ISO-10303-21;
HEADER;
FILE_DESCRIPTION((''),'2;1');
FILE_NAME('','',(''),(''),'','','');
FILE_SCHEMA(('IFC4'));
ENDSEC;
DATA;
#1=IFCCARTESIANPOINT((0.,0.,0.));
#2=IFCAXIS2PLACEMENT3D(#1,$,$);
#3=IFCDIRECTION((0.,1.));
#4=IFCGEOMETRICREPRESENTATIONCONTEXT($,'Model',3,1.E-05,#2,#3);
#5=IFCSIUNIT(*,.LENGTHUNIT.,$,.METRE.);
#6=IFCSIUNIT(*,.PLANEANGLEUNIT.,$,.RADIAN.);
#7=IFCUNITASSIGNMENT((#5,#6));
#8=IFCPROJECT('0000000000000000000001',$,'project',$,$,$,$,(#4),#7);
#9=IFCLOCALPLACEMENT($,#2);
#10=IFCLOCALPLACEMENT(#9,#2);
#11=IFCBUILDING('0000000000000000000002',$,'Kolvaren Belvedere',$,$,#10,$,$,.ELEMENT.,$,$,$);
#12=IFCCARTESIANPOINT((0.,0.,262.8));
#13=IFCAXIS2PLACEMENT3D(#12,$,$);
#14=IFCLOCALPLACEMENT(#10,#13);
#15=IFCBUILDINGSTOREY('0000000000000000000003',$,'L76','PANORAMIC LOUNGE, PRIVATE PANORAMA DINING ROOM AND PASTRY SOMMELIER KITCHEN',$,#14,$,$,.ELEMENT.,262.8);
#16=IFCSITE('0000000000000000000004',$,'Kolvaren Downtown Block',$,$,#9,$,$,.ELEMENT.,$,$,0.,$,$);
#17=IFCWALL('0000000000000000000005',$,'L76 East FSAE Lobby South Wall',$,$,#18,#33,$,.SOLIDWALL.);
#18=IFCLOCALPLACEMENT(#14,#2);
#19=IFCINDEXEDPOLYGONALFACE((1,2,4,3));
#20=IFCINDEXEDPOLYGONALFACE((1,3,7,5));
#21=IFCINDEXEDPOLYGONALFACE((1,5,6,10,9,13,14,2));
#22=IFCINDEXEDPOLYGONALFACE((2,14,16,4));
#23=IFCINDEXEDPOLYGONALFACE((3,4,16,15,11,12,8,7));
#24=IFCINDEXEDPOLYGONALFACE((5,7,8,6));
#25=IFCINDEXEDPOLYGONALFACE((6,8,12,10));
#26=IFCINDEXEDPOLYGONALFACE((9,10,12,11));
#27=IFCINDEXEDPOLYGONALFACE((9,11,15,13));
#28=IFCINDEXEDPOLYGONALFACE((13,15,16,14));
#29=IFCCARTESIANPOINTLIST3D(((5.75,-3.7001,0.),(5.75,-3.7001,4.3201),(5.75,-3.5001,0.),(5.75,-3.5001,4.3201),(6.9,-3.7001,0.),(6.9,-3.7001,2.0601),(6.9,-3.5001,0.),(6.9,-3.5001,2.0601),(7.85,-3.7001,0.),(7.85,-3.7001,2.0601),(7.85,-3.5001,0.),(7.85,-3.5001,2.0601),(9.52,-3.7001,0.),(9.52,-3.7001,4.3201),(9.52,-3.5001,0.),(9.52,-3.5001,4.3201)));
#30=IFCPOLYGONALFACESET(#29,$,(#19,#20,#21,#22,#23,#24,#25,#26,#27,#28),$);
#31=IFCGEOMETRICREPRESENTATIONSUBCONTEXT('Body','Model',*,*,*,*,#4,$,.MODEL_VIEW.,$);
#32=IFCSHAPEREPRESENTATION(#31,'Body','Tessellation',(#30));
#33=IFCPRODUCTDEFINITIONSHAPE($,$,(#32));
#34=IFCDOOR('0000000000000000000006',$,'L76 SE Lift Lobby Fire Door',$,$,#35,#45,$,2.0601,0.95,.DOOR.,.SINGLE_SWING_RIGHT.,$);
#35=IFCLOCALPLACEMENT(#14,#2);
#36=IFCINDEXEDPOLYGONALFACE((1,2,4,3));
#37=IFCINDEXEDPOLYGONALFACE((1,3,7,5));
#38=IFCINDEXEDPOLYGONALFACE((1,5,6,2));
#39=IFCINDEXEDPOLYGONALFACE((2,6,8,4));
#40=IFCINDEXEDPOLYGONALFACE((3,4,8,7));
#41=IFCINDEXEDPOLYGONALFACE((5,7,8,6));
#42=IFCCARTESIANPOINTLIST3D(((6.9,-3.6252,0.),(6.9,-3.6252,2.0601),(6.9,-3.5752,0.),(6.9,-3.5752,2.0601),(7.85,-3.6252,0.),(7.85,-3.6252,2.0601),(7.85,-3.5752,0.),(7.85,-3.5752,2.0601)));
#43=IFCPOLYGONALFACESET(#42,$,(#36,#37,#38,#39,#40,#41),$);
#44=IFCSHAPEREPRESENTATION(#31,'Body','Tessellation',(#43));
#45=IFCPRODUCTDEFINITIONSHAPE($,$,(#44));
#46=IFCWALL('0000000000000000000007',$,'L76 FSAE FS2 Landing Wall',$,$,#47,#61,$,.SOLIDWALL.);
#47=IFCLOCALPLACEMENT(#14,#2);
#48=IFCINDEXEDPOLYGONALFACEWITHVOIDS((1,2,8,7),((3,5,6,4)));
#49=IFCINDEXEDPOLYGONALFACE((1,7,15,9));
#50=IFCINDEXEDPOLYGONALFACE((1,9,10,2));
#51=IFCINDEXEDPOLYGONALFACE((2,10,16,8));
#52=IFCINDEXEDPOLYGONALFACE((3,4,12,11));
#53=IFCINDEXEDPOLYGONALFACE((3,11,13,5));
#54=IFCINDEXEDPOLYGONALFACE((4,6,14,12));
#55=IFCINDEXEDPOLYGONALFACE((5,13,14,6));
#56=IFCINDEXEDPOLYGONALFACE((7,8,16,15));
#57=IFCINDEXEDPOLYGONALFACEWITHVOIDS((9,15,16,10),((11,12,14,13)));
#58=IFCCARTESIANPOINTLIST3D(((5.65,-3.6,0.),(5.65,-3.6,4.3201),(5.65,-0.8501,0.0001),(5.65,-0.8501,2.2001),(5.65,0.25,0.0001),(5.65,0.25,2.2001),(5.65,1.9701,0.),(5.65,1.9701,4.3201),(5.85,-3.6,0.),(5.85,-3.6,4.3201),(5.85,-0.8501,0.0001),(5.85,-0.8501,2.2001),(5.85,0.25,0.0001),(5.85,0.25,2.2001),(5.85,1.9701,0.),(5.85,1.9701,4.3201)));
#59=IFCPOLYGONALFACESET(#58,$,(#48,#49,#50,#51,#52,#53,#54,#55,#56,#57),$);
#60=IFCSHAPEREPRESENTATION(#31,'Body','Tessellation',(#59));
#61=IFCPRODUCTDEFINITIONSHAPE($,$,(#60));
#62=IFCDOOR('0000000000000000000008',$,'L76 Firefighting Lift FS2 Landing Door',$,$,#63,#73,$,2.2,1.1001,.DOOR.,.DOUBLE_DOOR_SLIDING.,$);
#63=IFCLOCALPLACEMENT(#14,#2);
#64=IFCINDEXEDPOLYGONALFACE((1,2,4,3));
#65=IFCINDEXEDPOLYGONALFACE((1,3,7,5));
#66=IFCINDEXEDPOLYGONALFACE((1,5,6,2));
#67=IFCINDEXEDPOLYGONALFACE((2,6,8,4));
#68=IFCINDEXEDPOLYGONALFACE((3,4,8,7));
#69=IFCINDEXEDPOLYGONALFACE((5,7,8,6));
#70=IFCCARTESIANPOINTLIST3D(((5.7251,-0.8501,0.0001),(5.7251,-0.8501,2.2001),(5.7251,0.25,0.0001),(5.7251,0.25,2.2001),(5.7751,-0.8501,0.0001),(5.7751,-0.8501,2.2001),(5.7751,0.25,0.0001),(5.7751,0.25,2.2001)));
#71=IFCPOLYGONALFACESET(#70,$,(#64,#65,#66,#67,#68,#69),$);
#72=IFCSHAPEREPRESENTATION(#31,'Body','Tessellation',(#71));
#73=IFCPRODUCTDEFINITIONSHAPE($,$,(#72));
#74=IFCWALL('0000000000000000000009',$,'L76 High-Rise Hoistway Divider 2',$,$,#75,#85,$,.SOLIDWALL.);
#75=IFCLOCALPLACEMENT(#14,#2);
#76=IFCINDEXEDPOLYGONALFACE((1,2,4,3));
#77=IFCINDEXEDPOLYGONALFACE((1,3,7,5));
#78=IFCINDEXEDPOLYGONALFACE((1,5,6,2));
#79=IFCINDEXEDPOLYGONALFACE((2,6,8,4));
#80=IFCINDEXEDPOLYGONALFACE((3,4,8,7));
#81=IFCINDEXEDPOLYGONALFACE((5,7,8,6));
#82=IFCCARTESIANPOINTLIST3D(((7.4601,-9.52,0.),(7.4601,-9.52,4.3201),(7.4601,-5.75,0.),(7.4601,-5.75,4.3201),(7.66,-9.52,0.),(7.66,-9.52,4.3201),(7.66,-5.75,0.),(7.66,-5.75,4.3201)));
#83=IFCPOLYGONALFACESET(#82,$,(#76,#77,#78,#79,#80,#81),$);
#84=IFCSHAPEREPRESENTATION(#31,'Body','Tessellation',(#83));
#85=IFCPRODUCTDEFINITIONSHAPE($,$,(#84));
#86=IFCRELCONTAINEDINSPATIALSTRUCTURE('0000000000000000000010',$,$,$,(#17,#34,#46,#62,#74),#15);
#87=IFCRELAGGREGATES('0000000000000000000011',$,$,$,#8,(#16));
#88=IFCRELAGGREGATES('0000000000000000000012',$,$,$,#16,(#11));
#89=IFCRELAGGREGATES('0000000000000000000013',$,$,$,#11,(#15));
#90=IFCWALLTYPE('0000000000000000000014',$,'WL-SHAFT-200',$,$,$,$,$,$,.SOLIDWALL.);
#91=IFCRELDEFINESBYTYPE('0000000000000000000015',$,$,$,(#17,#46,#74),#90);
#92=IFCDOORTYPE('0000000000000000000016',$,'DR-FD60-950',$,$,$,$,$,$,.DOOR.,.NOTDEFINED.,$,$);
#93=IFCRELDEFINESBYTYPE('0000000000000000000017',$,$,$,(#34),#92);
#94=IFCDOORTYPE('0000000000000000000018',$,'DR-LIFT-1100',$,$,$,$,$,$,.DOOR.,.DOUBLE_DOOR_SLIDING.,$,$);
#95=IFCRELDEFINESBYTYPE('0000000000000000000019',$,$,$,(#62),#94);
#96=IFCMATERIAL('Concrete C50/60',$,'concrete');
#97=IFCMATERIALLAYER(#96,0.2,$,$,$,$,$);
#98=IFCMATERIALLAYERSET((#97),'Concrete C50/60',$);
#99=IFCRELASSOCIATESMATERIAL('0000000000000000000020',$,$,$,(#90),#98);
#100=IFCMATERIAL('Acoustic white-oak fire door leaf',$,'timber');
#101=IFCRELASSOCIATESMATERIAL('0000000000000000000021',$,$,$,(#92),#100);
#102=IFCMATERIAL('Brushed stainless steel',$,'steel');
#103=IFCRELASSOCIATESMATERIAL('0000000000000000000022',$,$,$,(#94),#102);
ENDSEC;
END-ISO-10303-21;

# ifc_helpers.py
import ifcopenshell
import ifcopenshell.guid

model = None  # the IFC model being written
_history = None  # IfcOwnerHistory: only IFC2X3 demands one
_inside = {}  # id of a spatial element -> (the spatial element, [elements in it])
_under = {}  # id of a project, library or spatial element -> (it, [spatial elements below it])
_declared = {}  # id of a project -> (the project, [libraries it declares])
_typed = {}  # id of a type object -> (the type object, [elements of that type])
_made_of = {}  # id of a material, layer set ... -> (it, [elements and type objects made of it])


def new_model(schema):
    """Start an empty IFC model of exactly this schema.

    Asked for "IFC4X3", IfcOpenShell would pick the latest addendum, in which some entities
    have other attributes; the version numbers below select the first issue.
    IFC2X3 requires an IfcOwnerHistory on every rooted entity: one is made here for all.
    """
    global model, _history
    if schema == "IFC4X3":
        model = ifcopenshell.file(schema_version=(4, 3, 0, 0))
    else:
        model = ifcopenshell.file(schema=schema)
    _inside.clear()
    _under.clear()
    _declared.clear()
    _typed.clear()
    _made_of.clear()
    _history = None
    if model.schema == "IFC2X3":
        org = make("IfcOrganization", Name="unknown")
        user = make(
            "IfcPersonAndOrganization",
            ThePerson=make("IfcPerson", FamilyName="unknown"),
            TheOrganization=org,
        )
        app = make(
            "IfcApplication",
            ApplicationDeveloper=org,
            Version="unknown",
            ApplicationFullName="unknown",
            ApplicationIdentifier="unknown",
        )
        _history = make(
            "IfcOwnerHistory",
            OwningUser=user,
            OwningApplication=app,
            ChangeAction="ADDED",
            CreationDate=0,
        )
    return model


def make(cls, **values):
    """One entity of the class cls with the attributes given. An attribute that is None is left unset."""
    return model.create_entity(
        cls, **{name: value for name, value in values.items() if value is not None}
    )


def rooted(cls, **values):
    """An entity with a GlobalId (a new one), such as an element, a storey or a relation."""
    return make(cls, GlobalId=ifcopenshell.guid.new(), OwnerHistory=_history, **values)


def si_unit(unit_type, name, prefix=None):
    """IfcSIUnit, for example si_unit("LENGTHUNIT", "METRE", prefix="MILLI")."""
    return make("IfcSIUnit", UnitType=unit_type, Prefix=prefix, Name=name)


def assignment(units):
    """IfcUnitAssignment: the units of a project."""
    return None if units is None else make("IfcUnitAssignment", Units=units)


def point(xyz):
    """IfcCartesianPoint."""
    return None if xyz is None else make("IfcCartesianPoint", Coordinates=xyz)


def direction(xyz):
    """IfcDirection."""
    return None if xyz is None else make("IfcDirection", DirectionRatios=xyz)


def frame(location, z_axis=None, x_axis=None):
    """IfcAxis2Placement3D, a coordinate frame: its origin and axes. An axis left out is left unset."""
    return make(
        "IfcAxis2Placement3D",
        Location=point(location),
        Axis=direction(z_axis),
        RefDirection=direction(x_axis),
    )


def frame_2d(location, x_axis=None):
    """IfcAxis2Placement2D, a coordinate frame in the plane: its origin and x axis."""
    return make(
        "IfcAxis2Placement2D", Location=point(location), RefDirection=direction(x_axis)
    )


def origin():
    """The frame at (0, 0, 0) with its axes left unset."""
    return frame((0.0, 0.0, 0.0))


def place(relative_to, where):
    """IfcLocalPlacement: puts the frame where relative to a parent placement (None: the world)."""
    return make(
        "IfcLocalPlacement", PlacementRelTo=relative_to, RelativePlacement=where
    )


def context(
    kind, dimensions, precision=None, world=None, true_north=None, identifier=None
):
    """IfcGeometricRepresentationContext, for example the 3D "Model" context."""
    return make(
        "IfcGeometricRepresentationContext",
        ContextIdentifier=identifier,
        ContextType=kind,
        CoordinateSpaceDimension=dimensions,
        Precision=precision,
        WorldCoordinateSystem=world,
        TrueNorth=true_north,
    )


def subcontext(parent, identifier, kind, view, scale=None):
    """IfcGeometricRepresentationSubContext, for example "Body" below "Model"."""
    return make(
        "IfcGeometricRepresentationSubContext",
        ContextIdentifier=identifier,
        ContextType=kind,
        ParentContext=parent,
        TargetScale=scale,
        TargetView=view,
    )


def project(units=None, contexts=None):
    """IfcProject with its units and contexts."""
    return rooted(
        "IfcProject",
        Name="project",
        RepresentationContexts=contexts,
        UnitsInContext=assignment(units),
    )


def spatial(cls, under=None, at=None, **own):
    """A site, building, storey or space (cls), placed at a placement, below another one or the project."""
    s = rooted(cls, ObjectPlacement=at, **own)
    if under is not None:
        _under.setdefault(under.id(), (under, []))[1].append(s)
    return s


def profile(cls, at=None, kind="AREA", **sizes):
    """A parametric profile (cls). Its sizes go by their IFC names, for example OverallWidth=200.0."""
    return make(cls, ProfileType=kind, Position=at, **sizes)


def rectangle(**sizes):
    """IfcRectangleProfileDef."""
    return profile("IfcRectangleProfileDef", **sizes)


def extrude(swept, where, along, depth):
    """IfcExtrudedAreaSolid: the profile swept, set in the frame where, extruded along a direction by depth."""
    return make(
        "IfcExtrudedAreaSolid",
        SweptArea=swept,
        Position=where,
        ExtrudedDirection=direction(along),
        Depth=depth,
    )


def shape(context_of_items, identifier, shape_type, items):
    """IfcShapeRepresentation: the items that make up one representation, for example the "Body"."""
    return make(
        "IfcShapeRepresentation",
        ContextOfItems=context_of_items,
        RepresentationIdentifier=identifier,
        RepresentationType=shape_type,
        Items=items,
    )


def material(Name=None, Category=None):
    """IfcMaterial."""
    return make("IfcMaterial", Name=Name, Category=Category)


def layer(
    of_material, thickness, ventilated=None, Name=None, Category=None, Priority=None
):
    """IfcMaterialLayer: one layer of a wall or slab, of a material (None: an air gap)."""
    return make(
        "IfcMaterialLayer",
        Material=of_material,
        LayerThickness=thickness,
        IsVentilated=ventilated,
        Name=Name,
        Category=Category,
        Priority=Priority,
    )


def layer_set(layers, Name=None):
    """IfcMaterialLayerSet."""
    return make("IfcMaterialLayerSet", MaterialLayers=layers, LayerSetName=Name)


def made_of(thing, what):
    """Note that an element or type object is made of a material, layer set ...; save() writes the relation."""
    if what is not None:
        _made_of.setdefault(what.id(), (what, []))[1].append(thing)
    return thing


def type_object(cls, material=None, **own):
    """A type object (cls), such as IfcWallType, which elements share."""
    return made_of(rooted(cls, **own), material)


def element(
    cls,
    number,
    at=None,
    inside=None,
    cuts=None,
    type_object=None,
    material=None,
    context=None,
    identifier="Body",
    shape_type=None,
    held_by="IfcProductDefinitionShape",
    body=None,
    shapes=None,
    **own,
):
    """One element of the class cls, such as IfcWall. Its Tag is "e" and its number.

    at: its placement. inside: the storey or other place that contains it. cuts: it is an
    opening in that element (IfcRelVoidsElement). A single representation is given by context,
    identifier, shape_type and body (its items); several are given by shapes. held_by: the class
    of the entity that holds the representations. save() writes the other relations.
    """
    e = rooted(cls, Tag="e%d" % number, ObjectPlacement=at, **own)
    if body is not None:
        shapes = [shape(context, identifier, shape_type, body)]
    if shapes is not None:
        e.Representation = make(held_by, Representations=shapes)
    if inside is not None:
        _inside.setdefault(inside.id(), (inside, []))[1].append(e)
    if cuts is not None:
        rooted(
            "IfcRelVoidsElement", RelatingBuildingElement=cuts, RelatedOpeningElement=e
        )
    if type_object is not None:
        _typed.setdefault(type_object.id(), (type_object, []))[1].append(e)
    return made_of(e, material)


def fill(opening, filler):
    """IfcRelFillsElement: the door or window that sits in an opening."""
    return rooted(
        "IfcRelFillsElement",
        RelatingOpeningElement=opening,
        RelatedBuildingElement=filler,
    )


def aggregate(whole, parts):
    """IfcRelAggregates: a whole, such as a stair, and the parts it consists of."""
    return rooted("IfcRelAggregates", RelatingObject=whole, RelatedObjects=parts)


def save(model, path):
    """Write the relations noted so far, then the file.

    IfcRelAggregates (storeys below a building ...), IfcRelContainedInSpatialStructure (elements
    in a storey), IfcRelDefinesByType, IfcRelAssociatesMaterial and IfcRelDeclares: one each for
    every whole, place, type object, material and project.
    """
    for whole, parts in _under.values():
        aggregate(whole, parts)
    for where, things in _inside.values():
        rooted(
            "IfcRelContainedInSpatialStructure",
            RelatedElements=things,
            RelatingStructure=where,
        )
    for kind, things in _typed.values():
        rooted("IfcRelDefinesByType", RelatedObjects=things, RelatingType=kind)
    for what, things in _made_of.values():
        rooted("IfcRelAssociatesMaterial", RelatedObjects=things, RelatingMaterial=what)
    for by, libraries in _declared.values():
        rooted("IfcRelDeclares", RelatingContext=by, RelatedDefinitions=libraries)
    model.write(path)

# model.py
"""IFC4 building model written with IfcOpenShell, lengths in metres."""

from ifc_helpers import new_model, si_unit, direction, frame, frame_2d, origin, place, context, subcontext, project, spatial, rectangle, extrude, material, layer, layer_set, type_object, element, fill, save


model = new_model("IFC4")

# Units and contexts
model_context = context("Model", 3, precision=1e-05, world=origin(), true_north=direction((0.0, 1.0)))
body_context = subcontext(model_context, "Body", "Model", "MODEL_VIEW")
ifc_project = project(units=[si_unit("LENGTHUNIT", "METRE"), si_unit("PLANEANGLEUNIT", "RADIAN")], contexts=[model_context])

# Site, building, storey
site_placement = place(None, origin())
site = spatial("IfcSite", under=ifc_project, at=site_placement, Name="Kolvaren Downtown Block", CompositionType="ELEMENT", RefElevation=0.0)
building_placement = place(site_placement, origin())
building = spatial("IfcBuilding", under=site, at=building_placement, Name="Kolvaren Belvedere", CompositionType="ELEMENT")
storey_placement = place(building_placement, frame((0.0, 0.0, 262.8)))
storey = spatial("IfcBuildingStorey", under=building, at=storey_placement, Name="L76", Description="PANORAMIC LOUNGE, PRIVATE PANORAMA DINING ROOM AND PASTRY SOMMELIER KITCHEN", CompositionType="ELEMENT", Elevation=262.8)

# Walls, openings, doors
ifc_material_1 = material(Name="Concrete C50/60", Category="concrete")
ifc_layer_1 = layer(ifc_material_1, 0.2)
ifc_layer_set_1 = layer_set([ifc_layer_1], Name="Concrete C50/60")
wall_type_1 = type_object("IfcWallType", Name="WL-SHAFT-200", PredefinedType="SOLIDWALL", material=ifc_layer_set_1)
wall_1_placement = place(storey_placement, frame((5.75, -3.6001, 0.0), z_axis=(0.0, 0.0, 1.0), x_axis=(1.0, 0.0, 0.0)))
wall_1 = element("IfcWall", 1, at=wall_1_placement, inside=storey, type_object=wall_type_1, Name="L76 East FSAE Lobby South Wall", PredefinedType="SOLIDWALL", context=body_context, shape_type="SweptSolid", body=[
    extrude(rectangle(XDim=3.77, YDim=0.2, at=frame_2d((1.885, 0.0))), origin(), (0.0, 0.0, 1.0), 4.3201),
])
opening_1_placement = place(wall_1_placement, frame((1.1499, 0.0, 0.0)))
opening_1 = element("IfcOpeningElement", 2, at=opening_1_placement, cuts=wall_1, PredefinedType="OPENING", context=body_context, shape_type="SweptSolid", body=[
    extrude(rectangle(XDim=0.95, YDim=2.0601, at=frame_2d((0.4751, 1.03))), frame((0.0, 0.1099, 0.0), z_axis=(0.0, -1.0, 0.0), x_axis=(1.0, 0.0, 0.0)), (0.0, 0.0, 1.0), 0.22),
])
ifc_material_2 = material(Name="Acoustic white-oak fire door leaf", Category="timber")
door_type_1 = type_object("IfcDoorType", Name="DR-FD60-950", OperationType="NOTDEFINED", PredefinedType="DOOR", material=ifc_material_2)
door_1_placement = place(opening_1_placement, origin())
door_1 = element("IfcDoor", 3, at=door_1_placement, inside=storey, type_object=door_type_1, Name="L76 SE Lift Lobby Fire Door", OperationType="SINGLE_SWING_RIGHT", OverallHeight=2.0601, OverallWidth=0.95, PredefinedType="DOOR", context=body_context, shape_type="SweptSolid", body=[
    extrude(rectangle(XDim=0.95, YDim=2.0601, at=frame_2d((0.4751, 1.03))), frame((0.0, 0.0249, 0.0), z_axis=(0.0, -1.0, 0.0), x_axis=(1.0, 0.0, 0.0)), (0.0, 0.0, 1.0), 0.05),
])
fill(opening_1, door_1)
wall_2_placement = place(storey_placement, frame((5.75, -3.6001, 0.0), z_axis=(0.0, 0.0, 1.0), x_axis=(0.0, 1.0, 0.0)))
wall_2 = element("IfcWall", 4, at=wall_2_placement, inside=storey, type_object=wall_type_1, Name="L76 FSAE FS2 Landing Wall", PredefinedType="SOLIDWALL", context=body_context, shape_type="SweptSolid", body=[
    extrude(rectangle(XDim=5.5701, YDim=0.2, at=frame_2d((2.7852, 0.0))), origin(), (0.0, 0.0, 1.0), 4.3201),
])
opening_2_placement = place(wall_2_placement, frame((2.75, 0.0, 0.0)))
opening_2 = element("IfcOpeningElement", 5, at=opening_2_placement, cuts=wall_2, PredefinedType="OPENING", context=body_context, shape_type="SweptSolid", body=[
    extrude(rectangle(XDim=1.1001, YDim=2.2, at=frame_2d((0.55, 1.1001))), frame((0.0, 0.1099, 0.0), z_axis=(0.0, -1.0, 0.0), x_axis=(1.0, 0.0, 0.0)), (0.0, 0.0, 1.0), 0.22),
])
ifc_material_3 = material(Name="Brushed stainless steel", Category="steel")
door_type_2 = type_object("IfcDoorType", Name="DR-LIFT-1100", OperationType="DOUBLE_DOOR_SLIDING", PredefinedType="DOOR", material=ifc_material_3)
door_2_placement = place(opening_2_placement, origin())
door_2 = element("IfcDoor", 6, at=door_2_placement, inside=storey, type_object=door_type_2, Name="L76 Firefighting Lift FS2 Landing Door", OperationType="DOUBLE_DOOR_SLIDING", OverallHeight=2.2, OverallWidth=1.1001, PredefinedType="DOOR", context=body_context, shape_type="SweptSolid", body=[
    extrude(rectangle(XDim=1.1001, YDim=2.2, at=frame_2d((0.55, 1.1001))), frame((0.0, 0.0249, 0.0), z_axis=(0.0, -1.0, 0.0), x_axis=(1.0, 0.0, 0.0)), (0.0, 0.0, 1.0), 0.05),
])
fill(opening_2, door_2)

# Wall
wall_3_placement = place(storey_placement, frame((7.5601, -9.52, 0.0), z_axis=(0.0, 0.0, 1.0), x_axis=(0.0, 1.0, 0.0)))
element("IfcWall", 7, at=wall_3_placement, inside=storey, type_object=wall_type_1, Name="L76 High-Rise Hoistway Divider 2", PredefinedType="SOLIDWALL", context=body_context, shape_type="SweptSolid", body=[
    extrude(rectangle(XDim=3.77, YDim=0.2, at=frame_2d((1.885, 0.0))), origin(), (0.0, 0.0, 1.0), 4.3201),
])

save(model, "model.ifc")
